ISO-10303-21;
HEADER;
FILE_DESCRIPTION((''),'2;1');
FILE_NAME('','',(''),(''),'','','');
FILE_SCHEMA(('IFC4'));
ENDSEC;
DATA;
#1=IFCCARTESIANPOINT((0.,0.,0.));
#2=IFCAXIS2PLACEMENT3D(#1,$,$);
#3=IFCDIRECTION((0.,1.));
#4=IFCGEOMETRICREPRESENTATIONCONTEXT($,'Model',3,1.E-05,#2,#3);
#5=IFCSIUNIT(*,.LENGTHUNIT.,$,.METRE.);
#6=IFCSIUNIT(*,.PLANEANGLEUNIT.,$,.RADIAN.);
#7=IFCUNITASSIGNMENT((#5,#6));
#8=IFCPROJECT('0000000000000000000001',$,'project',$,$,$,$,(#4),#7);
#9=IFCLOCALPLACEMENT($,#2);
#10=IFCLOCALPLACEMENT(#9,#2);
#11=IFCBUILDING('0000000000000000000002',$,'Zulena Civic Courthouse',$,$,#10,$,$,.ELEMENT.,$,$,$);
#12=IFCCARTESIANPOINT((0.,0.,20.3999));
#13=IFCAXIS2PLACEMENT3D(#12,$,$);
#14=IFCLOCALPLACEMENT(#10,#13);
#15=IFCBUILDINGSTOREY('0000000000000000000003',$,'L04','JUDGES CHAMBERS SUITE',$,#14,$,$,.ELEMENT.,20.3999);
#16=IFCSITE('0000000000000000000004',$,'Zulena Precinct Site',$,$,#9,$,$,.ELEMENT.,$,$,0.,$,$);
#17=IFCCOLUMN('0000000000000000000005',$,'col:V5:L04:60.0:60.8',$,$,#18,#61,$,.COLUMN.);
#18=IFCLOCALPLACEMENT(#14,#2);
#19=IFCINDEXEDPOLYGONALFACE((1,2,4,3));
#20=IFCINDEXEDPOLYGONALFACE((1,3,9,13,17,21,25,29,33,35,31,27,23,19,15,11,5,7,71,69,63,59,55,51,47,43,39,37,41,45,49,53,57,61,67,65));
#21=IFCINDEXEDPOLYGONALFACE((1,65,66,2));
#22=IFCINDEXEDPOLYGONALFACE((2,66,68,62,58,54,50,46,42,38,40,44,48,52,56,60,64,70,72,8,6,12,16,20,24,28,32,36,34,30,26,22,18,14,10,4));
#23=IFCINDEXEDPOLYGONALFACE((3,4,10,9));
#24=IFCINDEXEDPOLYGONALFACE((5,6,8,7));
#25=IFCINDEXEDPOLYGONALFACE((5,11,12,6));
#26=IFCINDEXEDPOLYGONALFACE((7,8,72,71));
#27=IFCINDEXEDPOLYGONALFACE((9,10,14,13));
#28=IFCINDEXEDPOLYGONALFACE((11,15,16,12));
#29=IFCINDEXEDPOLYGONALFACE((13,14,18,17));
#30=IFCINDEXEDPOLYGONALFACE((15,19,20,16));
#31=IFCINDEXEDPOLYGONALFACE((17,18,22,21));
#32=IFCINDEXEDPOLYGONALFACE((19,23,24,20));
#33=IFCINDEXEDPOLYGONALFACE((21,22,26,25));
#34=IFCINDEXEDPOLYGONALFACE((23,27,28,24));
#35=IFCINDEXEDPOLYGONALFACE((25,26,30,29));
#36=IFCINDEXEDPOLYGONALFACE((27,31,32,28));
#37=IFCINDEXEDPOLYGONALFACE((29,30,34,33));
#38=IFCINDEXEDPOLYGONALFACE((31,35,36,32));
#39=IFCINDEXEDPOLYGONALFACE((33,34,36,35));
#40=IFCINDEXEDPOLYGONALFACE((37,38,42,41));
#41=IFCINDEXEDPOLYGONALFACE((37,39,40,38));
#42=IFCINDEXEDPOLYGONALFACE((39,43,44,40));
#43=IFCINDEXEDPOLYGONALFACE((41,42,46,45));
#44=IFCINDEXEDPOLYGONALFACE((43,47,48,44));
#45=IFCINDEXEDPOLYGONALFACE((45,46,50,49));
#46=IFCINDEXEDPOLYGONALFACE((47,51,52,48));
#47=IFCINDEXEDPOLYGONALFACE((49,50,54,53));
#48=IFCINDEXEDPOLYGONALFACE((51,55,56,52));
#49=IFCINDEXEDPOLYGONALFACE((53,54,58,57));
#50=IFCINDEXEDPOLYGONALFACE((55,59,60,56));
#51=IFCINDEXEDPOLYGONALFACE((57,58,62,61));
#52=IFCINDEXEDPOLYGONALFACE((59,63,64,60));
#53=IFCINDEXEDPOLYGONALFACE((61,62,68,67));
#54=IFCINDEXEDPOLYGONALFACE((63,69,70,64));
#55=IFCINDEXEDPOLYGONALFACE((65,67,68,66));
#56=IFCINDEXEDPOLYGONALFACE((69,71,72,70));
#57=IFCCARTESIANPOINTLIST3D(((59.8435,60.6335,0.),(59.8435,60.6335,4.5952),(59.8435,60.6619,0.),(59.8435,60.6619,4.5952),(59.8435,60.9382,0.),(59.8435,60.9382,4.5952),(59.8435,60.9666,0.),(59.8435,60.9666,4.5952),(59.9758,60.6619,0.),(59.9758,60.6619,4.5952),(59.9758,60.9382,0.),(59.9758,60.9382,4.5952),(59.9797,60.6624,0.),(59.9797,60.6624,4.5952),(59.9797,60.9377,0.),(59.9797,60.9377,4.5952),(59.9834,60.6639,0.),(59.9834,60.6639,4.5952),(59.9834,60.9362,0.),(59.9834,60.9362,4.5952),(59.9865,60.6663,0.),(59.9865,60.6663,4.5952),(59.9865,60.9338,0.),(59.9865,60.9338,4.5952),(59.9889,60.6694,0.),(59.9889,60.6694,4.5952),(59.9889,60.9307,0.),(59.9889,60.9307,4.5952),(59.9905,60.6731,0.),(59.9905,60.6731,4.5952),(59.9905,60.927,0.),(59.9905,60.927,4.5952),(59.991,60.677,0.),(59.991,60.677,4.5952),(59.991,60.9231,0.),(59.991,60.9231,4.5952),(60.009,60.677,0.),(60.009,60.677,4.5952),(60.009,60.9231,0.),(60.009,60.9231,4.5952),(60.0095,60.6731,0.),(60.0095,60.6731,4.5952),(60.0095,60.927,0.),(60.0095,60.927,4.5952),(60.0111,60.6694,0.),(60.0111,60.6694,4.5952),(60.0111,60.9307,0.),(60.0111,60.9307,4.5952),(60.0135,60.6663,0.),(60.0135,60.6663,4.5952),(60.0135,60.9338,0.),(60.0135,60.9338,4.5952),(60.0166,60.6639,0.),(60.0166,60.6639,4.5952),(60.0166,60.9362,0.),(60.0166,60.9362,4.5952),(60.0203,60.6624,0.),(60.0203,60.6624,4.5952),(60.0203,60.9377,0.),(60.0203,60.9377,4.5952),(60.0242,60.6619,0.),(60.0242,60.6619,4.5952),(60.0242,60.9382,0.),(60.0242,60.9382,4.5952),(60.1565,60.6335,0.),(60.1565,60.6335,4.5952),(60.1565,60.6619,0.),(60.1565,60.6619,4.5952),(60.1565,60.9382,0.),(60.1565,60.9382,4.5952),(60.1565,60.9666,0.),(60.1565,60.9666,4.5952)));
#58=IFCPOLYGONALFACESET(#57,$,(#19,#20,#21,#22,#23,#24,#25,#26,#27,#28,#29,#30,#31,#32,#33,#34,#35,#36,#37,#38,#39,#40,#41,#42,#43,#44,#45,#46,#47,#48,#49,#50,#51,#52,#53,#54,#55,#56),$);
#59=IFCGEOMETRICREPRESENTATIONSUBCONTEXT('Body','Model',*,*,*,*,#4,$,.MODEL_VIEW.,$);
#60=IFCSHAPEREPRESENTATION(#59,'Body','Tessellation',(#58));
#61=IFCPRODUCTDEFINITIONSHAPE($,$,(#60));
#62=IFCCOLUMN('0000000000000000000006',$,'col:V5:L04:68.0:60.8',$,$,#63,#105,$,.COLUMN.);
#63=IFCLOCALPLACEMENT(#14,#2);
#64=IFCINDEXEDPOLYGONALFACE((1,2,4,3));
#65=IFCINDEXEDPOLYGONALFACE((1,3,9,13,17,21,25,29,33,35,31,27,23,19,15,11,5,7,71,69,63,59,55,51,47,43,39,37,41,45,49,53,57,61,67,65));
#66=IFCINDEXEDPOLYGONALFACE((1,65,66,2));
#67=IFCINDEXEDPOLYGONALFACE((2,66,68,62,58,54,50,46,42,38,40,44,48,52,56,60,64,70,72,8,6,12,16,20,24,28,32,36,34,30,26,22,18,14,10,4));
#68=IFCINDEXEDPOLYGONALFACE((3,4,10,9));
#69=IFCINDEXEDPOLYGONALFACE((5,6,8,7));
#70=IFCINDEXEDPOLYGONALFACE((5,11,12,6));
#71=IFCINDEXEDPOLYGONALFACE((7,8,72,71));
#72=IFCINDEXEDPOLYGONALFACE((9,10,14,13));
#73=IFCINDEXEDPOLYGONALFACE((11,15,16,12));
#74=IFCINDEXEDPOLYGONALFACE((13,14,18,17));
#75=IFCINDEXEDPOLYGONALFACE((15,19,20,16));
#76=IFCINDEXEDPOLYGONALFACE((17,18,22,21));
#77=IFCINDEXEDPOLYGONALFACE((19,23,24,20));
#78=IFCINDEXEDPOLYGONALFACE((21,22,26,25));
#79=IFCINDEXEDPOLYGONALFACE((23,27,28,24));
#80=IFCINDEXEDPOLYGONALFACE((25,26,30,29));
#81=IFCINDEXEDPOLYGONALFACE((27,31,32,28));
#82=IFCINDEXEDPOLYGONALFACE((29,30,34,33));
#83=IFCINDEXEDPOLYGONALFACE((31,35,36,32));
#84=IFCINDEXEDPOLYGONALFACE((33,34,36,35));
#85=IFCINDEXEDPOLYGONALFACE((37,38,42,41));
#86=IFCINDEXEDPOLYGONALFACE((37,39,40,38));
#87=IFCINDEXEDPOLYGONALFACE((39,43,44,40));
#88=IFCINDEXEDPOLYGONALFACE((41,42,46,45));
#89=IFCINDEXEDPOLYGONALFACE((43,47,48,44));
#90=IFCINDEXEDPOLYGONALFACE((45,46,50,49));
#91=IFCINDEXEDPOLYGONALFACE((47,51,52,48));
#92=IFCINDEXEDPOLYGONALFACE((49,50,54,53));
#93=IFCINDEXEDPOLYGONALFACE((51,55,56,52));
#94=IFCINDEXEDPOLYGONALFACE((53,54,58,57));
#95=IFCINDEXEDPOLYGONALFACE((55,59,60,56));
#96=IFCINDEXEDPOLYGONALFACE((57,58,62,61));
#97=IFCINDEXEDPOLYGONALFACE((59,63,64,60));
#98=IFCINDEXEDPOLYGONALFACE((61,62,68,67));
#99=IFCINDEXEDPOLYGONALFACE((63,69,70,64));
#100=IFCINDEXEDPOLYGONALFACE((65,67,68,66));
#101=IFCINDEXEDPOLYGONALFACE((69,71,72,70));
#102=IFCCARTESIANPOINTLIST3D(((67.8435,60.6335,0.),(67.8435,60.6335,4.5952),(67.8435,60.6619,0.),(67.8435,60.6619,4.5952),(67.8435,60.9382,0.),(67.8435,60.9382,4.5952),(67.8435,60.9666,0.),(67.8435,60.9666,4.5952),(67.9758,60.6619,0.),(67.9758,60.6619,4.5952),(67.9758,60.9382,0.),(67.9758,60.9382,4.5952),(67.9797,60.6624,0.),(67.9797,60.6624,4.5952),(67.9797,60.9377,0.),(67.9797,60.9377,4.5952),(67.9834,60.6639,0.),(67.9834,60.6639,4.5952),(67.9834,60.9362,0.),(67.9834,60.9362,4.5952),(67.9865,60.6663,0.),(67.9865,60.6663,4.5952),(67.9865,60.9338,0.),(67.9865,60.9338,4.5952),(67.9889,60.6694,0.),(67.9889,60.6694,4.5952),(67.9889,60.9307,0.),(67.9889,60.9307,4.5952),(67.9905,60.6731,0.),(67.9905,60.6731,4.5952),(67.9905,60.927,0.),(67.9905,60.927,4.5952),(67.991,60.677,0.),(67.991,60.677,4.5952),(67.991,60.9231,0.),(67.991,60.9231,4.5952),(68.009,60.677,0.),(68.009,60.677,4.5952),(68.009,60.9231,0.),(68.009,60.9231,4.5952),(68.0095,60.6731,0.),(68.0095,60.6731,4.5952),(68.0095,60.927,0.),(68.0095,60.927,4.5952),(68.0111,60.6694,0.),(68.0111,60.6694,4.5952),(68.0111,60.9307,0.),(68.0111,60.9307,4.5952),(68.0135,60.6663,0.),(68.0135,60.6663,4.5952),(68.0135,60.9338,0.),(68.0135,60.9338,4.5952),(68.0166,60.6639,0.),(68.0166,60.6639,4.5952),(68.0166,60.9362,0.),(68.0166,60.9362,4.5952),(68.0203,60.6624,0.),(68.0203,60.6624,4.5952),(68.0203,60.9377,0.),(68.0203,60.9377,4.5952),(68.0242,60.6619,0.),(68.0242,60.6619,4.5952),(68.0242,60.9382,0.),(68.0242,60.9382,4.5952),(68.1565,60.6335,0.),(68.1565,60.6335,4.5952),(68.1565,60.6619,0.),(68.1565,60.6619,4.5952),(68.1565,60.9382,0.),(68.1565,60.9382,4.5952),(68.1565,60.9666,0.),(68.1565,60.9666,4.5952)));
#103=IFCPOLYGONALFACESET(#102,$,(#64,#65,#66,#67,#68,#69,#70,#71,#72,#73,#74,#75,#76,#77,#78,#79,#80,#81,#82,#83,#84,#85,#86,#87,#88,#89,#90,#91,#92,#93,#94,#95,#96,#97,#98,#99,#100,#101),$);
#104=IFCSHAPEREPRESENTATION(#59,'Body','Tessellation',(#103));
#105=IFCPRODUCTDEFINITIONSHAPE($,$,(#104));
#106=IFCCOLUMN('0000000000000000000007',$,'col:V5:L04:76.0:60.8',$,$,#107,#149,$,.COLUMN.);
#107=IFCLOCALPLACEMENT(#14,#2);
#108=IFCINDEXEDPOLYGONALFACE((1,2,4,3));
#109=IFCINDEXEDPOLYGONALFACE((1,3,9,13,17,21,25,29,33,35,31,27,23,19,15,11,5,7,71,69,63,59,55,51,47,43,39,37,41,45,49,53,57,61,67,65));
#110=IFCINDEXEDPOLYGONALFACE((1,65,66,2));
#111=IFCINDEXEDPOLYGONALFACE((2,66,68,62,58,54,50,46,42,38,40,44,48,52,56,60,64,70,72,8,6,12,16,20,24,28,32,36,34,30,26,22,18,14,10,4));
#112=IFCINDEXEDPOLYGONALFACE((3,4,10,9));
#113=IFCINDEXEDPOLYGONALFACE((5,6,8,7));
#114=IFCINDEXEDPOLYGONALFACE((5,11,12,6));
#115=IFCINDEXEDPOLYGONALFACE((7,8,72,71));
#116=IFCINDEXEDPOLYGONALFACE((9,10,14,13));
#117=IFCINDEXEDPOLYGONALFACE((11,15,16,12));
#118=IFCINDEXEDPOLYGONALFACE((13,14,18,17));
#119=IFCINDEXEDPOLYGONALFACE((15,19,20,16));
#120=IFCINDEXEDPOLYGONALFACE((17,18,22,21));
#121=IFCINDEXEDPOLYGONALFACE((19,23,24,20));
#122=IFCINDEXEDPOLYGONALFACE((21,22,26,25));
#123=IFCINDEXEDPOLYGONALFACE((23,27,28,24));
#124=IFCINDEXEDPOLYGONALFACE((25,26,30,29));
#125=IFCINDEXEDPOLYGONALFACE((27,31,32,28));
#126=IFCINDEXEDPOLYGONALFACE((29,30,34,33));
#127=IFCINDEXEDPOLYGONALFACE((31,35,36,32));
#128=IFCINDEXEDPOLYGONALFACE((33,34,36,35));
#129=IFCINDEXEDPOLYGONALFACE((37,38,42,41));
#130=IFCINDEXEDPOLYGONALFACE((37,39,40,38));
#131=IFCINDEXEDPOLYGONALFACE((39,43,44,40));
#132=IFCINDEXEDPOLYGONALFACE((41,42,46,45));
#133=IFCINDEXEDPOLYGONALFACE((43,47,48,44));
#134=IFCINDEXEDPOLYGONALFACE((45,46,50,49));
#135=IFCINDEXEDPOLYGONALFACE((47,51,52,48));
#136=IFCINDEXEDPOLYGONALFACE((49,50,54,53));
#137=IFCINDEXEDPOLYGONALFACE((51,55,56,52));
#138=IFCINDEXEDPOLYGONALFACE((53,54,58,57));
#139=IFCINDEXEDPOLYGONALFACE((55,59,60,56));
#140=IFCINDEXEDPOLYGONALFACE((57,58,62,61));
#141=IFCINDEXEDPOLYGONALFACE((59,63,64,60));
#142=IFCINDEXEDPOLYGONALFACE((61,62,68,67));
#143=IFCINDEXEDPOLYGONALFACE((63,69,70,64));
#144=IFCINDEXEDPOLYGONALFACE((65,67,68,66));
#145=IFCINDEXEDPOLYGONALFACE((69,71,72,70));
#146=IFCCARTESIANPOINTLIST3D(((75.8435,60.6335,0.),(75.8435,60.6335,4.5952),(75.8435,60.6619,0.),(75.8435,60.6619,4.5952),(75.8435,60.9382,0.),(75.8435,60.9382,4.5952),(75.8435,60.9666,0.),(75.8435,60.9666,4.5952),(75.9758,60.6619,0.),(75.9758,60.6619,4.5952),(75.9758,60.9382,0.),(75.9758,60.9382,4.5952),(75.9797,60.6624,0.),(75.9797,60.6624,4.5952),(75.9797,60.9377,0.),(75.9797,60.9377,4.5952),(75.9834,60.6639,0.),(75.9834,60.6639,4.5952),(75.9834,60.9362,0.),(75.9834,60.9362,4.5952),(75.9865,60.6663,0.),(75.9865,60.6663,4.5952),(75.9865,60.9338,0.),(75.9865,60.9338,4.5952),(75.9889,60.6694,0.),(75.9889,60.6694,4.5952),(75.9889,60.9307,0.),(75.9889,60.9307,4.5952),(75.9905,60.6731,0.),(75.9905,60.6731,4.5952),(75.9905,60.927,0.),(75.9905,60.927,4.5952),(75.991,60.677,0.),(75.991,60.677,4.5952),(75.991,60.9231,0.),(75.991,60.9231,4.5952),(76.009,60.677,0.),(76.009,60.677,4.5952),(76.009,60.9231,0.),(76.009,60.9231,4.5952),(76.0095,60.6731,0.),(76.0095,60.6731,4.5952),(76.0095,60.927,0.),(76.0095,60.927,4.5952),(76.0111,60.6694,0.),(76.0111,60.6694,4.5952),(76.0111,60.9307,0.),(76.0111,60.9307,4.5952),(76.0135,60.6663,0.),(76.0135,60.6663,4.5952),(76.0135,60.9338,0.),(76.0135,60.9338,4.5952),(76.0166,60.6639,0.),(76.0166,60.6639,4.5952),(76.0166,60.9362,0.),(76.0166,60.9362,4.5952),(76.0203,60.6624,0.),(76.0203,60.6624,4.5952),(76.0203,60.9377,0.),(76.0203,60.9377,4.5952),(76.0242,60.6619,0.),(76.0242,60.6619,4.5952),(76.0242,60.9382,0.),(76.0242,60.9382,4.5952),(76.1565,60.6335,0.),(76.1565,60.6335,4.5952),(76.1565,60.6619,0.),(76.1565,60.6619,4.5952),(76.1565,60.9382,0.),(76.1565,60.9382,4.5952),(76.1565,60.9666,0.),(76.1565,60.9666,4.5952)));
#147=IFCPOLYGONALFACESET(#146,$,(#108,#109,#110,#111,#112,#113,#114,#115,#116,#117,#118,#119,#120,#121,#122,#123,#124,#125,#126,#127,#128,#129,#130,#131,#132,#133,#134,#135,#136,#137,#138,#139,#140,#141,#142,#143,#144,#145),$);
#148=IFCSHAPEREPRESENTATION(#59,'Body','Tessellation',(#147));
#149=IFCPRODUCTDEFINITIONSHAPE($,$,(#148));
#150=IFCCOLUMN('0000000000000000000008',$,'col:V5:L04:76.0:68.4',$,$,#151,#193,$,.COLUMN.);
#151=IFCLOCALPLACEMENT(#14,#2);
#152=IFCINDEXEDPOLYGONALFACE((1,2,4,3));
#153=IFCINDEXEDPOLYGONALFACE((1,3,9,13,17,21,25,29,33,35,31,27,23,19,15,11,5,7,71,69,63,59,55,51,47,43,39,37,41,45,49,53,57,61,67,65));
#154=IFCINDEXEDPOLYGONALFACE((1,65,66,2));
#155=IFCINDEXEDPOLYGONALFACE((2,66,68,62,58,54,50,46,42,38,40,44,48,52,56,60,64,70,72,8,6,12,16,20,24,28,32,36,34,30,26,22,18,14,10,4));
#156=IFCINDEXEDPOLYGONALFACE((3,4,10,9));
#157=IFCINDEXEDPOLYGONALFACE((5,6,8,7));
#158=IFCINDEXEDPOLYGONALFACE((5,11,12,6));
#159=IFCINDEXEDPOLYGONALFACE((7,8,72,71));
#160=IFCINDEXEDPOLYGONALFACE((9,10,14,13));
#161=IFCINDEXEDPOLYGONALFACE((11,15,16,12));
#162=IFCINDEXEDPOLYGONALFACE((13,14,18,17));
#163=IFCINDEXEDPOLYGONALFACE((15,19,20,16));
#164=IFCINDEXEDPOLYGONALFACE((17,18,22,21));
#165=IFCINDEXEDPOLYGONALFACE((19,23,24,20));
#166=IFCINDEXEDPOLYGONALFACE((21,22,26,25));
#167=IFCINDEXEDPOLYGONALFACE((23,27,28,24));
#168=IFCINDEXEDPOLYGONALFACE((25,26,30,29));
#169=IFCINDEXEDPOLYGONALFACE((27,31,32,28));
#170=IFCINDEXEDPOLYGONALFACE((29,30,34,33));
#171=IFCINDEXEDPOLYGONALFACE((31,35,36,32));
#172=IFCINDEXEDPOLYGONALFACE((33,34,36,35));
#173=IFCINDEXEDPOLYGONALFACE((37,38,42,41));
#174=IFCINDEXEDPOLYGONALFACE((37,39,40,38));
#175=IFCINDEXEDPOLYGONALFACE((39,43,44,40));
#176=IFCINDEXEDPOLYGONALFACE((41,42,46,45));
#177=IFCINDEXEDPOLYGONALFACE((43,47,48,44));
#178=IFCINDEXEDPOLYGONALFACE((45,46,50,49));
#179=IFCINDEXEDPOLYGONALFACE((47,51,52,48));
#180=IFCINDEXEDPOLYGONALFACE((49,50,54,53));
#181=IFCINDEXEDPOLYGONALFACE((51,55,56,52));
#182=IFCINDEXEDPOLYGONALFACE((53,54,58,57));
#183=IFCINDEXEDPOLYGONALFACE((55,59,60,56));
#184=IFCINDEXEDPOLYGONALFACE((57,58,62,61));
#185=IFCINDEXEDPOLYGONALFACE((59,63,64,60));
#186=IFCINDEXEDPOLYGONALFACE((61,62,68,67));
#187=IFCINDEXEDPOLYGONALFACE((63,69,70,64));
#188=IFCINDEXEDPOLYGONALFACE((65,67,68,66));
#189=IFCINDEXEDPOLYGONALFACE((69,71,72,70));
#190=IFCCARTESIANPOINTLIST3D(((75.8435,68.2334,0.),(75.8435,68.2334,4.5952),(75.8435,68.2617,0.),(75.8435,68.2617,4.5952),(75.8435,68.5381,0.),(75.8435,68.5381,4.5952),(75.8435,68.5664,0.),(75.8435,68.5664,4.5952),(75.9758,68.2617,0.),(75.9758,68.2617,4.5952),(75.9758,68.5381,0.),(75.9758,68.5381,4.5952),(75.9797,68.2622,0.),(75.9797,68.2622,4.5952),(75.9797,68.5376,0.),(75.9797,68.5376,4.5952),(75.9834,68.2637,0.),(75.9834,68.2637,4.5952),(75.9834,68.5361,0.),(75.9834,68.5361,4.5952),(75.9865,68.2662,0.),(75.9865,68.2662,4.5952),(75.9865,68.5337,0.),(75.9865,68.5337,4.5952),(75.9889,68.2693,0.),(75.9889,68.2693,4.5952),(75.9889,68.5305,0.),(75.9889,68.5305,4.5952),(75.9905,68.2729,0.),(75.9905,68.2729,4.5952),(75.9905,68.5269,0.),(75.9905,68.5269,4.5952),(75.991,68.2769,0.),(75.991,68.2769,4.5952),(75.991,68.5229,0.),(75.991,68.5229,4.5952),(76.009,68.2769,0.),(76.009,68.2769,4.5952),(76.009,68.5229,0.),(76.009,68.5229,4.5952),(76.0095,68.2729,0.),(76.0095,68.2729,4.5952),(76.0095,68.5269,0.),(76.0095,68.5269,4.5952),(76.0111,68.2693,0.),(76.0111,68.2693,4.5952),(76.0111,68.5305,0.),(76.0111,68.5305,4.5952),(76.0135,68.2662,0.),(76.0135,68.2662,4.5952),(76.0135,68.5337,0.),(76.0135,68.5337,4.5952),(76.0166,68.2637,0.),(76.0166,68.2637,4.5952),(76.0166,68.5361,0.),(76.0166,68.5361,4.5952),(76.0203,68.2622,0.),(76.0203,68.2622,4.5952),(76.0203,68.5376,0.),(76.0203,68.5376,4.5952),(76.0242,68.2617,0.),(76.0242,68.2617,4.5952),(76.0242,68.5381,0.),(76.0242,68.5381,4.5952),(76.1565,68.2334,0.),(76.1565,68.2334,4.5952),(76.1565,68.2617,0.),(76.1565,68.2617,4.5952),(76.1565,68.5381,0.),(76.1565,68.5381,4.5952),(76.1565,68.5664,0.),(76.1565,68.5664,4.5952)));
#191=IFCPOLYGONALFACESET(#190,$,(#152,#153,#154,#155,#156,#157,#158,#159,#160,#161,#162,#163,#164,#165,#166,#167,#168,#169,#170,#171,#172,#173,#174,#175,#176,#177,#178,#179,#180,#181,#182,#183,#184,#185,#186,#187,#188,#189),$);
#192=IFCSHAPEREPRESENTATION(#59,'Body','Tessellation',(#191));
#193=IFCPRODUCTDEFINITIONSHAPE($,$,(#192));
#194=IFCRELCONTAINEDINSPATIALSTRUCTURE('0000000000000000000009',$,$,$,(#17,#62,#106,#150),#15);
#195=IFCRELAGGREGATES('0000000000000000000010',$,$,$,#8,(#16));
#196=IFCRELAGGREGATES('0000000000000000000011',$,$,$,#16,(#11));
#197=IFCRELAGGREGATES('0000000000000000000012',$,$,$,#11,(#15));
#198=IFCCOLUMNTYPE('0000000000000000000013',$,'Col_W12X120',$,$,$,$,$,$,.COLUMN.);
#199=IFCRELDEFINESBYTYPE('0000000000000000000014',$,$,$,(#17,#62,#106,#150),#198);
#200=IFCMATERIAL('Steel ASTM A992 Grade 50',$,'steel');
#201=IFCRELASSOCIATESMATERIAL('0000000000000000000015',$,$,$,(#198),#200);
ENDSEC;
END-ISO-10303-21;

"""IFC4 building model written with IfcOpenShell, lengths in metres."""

from ifc_helpers import new_model, si_unit, direction, frame, origin, origin_2d, place, context, subcontext, project, spatial, i_section, extrude, material, material_profile, profile_set, type_object, element, save


model = new_model("IFC4")

# Units and contexts
model_context = context("Model", 3, precision=1e-05, world=origin(), true_north=direction((0.0, 1.0)))
body_context = subcontext(model_context, "Body", "Model", "MODEL_VIEW")
ifc_project = project(units=[si_unit("LENGTHUNIT", "METRE"), si_unit("PLANEANGLEUNIT", "RADIAN")], contexts=[model_context])

# Site, building, storey
site_placement = place(None, origin())
site = spatial("IfcSite", under=ifc_project, at=site_placement, Name="Zulena Precinct Site", CompositionType="ELEMENT", RefElevation=0.0)
building_placement = place(site_placement, origin())
building = spatial("IfcBuilding", under=site, at=building_placement, Name="Zulena Civic Courthouse", CompositionType="ELEMENT")
storey_placement = place(building_placement, frame((0.0, 0.0, 20.3999)))
storey = spatial("IfcBuildingStorey", under=building, at=storey_placement, Name="L04", Description="JUDGES CHAMBERS SUITE", CompositionType="ELEMENT", Elevation=20.3999)

# Columns
ifc_material_1 = material(Name="Steel ASTM A992 Grade 50", Category="steel")
ifc_material_profile_1 = material_profile(ifc_material_1, i_section(OverallWidth=0.313, OverallDepth=0.333, WebThickness=0.0181, FlangeThickness=0.0283, FilletRadius=0.0151, at=origin_2d()), Name="W12X120")
ifc_profile_set_1 = profile_set([ifc_material_profile_1], Name="Steel ASTM A992 Grade 50")
column_type_1 = type_object("IfcColumnType", Name="Col_W12X120", PredefinedType="COLUMN", material=ifc_profile_set_1)
for number, where, z_axis, x_axis, name in (
    (1, (60.0, 60.8, 0.0), (0.0, 0.0, 1.0), (1.0, 0.0, 0.0), "col:V5:L04:60.0:60.8"),
    (2, (68.0, 60.8, 0.0), (0.0, 0.0, 1.0), (1.0, 0.0, 0.0), "col:V5:L04:68.0:60.8"),
    (3, (76.0, 60.8, 0.0), (0.0, 0.0, 1.0), (1.0, 0.0, 0.0), "col:V5:L04:76.0:60.8"),
    (4, (76.0, 68.3999, 0.0), (0.0, 0.0, 1.0), (1.0, 0.0, 0.0), "col:V5:L04:76.0:68.4"),
):
    element("IfcColumn", number, at=place(storey_placement, frame(where, z_axis=z_axis, x_axis=x_axis)), inside=storey, type_object=column_type_1, Name=name, PredefinedType="COLUMN", context=body_context, shape_type="SweptSolid", body=[
        extrude(i_section(OverallWidth=0.313, OverallDepth=0.333, WebThickness=0.0181, FlangeThickness=0.0283, FilletRadius=0.0151, at=origin_2d()), origin(), (0.0, 0.0, 1.0), 4.5952),
    ])

save(model, "model.ifc")
